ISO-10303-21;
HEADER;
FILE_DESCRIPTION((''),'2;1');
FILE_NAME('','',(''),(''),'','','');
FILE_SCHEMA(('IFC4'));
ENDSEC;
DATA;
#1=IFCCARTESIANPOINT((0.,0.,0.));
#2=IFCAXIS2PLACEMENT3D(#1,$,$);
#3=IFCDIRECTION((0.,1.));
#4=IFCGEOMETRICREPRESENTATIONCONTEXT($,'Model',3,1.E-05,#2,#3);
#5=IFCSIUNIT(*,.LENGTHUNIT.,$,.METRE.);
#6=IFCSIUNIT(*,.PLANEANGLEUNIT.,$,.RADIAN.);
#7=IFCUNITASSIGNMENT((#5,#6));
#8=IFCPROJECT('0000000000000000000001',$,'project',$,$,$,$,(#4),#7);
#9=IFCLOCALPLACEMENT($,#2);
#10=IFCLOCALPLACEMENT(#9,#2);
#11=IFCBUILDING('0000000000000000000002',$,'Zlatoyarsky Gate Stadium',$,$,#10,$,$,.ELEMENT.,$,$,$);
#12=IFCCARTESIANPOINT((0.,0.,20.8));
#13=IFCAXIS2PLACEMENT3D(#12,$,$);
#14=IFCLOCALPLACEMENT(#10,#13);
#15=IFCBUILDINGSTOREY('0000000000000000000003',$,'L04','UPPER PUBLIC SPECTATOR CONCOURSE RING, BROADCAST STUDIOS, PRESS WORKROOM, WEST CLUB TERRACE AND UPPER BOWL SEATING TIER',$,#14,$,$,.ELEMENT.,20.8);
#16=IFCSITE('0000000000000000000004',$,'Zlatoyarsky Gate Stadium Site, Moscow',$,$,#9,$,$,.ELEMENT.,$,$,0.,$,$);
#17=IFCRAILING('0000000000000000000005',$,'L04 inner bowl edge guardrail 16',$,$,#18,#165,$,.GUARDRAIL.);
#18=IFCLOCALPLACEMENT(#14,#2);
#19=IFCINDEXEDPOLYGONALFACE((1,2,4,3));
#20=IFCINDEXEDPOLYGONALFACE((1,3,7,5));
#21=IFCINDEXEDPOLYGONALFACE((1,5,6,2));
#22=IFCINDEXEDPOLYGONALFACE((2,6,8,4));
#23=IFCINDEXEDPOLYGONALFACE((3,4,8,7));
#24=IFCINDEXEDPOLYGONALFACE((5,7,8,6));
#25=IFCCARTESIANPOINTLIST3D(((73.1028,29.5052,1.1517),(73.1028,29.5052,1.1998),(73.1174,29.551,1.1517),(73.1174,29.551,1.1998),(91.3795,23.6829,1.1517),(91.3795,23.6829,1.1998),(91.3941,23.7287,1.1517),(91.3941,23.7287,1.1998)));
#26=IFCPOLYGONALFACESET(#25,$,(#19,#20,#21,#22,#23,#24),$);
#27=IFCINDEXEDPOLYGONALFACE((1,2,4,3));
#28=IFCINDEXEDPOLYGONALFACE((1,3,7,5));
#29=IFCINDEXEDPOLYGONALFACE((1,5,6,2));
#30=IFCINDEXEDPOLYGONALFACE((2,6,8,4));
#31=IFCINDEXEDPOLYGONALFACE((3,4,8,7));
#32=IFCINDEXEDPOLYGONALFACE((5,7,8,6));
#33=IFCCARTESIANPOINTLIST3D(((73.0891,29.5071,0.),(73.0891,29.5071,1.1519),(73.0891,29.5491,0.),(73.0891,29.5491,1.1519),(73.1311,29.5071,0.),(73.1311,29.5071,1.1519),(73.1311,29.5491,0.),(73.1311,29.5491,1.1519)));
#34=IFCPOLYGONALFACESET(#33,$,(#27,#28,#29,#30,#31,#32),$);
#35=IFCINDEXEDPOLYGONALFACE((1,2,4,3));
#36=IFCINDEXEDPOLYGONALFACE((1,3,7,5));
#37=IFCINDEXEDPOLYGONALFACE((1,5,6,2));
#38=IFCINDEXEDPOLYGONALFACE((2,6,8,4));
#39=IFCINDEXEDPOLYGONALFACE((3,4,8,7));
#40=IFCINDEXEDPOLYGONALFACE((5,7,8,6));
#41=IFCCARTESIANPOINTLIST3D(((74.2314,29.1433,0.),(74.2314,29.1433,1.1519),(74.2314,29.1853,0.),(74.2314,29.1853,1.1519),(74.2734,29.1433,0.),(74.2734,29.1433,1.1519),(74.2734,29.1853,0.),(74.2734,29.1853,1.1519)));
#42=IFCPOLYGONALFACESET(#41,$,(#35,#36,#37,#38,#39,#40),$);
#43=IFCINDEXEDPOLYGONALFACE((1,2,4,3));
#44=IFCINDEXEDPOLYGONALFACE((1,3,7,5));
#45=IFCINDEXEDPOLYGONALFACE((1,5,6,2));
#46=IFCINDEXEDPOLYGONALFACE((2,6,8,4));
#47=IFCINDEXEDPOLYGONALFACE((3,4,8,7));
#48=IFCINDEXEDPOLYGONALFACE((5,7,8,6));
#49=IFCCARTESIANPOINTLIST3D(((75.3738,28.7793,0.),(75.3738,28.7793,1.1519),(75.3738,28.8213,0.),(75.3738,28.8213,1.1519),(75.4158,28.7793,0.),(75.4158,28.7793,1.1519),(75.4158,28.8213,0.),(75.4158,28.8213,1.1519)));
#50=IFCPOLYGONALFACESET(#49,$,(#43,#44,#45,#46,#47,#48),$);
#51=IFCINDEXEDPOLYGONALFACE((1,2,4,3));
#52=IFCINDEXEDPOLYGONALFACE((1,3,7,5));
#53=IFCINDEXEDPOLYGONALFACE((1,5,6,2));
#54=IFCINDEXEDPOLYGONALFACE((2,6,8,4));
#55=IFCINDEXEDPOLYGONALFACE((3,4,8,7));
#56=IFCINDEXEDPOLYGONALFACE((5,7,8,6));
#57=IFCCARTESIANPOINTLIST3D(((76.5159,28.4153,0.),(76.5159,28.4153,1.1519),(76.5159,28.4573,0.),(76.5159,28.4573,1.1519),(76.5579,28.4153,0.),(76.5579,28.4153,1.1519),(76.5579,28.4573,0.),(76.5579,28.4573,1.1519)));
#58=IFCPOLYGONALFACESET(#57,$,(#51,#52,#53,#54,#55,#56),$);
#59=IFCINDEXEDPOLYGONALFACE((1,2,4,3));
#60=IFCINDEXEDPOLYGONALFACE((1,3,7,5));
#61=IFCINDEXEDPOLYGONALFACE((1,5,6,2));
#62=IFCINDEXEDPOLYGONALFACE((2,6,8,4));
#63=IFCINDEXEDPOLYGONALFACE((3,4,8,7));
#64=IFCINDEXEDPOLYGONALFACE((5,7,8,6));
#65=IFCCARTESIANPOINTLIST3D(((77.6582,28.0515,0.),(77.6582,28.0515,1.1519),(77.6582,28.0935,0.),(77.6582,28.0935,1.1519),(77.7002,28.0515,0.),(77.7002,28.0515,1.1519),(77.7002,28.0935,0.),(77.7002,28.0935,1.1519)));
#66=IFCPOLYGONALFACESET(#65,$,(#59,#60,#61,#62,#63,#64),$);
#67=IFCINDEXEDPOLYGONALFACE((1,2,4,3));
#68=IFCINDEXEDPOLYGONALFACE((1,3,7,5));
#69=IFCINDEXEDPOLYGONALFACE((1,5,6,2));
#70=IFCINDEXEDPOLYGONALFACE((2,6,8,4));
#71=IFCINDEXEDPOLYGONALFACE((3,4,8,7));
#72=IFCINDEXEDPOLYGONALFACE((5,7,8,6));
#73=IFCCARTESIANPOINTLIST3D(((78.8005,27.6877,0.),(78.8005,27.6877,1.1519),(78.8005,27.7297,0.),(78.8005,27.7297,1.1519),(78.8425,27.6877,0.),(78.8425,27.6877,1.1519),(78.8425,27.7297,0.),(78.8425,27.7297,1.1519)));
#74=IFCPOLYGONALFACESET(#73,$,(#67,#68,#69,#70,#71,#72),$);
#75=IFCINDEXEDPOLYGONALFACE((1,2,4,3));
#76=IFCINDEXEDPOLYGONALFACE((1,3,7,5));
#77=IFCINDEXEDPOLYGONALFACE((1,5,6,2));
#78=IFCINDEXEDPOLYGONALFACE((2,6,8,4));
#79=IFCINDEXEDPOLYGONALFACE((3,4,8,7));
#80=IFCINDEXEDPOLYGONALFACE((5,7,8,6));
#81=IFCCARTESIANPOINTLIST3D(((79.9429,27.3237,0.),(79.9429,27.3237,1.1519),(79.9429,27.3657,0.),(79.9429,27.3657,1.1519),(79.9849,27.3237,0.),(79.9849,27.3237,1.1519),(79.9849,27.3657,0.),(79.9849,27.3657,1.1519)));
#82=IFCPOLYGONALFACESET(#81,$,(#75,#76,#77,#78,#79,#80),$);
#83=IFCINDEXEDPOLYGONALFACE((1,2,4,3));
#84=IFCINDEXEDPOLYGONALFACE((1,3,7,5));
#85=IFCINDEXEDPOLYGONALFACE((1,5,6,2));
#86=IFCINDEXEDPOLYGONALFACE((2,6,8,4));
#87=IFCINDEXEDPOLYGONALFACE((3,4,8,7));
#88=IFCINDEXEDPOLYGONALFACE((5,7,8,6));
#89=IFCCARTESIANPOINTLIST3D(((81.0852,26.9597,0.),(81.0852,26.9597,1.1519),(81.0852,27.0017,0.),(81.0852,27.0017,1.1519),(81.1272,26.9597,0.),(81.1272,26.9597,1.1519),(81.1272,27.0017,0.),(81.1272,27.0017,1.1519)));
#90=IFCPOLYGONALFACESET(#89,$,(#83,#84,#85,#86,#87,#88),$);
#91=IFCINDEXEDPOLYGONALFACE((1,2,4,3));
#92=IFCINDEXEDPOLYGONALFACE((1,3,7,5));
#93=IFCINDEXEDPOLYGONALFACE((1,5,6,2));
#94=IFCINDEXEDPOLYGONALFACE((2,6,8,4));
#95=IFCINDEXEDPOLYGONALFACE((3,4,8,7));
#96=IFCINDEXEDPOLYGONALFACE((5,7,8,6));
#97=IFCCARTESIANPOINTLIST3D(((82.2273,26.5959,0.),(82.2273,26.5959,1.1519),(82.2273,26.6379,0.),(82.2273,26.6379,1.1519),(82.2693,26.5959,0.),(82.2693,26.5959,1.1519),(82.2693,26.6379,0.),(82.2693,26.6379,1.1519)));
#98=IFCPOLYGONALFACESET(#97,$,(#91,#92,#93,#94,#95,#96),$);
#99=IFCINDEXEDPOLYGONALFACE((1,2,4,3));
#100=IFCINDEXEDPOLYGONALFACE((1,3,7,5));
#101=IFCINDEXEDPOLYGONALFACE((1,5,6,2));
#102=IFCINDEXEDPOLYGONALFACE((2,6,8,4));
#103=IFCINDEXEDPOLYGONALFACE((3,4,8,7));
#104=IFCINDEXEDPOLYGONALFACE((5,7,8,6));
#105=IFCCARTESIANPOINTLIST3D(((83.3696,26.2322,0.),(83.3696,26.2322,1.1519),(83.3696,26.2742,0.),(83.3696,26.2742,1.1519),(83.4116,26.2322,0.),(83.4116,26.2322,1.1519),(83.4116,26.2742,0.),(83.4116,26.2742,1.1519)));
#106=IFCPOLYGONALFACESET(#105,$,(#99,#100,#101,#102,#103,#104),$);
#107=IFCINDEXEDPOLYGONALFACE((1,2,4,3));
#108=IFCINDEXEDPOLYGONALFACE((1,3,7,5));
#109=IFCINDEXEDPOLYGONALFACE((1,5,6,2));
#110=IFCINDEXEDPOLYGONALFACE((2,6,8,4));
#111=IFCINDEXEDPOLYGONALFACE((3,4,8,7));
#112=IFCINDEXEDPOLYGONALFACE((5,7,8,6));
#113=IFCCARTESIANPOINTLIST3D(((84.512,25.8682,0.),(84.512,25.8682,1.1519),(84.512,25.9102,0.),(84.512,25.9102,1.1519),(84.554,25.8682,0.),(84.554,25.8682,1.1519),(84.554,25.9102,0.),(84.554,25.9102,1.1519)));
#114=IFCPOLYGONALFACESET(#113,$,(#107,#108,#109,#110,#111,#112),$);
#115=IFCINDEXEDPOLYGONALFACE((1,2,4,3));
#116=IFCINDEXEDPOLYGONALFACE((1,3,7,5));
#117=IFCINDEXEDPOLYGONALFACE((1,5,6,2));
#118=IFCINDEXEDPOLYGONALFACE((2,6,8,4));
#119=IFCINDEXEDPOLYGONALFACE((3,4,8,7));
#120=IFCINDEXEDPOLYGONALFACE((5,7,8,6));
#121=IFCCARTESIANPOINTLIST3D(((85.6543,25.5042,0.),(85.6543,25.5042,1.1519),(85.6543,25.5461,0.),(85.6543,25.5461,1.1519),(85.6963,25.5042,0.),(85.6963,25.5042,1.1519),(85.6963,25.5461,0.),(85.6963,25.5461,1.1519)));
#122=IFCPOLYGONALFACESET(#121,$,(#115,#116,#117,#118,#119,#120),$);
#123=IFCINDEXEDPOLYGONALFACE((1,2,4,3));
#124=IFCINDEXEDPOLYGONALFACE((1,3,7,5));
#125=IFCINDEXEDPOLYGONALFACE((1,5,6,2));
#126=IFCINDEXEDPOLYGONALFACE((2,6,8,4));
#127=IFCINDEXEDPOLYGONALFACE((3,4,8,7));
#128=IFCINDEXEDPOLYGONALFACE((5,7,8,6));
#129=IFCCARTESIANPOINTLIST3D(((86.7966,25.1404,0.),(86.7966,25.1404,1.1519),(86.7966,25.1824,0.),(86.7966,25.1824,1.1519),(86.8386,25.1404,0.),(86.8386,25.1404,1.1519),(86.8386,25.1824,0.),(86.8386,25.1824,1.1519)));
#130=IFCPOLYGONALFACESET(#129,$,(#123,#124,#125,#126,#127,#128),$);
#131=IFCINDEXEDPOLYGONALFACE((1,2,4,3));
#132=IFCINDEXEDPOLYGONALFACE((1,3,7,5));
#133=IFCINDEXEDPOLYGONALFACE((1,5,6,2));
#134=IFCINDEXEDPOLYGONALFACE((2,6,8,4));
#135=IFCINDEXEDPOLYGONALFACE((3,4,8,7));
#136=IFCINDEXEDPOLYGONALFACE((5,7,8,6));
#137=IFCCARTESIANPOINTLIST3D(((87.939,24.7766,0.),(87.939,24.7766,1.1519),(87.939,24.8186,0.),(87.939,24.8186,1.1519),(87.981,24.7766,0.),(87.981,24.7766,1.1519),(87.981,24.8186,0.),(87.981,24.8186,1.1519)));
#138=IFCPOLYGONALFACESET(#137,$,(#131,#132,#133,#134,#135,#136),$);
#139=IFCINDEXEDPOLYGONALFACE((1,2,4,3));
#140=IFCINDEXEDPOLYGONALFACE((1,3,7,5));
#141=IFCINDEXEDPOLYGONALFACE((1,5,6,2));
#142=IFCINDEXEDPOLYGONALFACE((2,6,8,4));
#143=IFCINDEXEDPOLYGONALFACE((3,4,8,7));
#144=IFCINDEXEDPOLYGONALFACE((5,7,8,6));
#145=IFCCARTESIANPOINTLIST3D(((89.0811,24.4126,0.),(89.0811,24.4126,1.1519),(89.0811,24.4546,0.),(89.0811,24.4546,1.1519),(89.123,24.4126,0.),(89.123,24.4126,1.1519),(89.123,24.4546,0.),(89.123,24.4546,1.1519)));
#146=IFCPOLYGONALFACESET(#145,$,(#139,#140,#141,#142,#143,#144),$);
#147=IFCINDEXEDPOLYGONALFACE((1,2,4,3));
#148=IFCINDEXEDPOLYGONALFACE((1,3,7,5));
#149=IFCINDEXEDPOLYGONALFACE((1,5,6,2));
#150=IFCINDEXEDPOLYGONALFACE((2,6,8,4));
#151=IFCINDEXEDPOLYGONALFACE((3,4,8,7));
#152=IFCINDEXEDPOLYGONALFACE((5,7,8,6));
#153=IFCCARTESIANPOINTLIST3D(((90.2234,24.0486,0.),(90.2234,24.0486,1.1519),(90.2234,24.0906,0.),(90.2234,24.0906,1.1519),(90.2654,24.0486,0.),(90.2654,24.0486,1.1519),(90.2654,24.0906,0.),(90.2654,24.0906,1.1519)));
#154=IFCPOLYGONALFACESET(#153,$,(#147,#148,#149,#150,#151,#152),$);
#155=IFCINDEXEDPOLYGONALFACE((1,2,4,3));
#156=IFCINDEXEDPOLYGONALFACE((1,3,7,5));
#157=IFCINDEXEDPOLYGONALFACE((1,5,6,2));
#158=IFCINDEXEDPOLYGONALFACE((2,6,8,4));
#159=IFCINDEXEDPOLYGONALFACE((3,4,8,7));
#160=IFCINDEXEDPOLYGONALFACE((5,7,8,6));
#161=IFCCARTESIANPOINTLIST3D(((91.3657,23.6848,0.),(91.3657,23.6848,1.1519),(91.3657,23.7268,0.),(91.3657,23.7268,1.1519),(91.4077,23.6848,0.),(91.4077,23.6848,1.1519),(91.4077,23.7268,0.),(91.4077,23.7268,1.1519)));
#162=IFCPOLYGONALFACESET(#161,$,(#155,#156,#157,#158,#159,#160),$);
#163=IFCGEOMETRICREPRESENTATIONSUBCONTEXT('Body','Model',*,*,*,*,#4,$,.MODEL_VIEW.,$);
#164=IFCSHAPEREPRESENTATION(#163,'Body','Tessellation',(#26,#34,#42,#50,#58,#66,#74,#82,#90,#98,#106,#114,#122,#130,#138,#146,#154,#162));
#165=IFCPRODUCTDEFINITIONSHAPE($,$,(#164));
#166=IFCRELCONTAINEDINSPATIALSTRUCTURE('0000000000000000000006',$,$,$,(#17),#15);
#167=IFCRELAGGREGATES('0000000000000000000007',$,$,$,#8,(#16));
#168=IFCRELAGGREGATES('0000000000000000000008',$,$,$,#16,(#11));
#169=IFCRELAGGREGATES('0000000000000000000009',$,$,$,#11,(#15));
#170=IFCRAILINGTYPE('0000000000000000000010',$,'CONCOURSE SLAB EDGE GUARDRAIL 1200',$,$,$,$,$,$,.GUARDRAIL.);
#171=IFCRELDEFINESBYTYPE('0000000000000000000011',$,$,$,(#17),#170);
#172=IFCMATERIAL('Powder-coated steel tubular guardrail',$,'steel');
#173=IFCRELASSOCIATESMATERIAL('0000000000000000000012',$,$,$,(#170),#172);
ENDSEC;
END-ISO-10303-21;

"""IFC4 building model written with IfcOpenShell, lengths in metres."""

from ifc_helpers import new_model, si_unit, direction, frame, origin, origin_2d, place, context, subcontext, project, spatial, rectangle, extrude, material, type_object, element, save


model = new_model("IFC4")

# Units and contexts
model_context = context("Model", 3, precision=1e-05, world=origin(), true_north=direction((0.0, 1.0)))
body_context = subcontext(model_context, "Body", "Model", "MODEL_VIEW")
ifc_project = project(units=[si_unit("LENGTHUNIT", "METRE"), si_unit("PLANEANGLEUNIT", "RADIAN")], contexts=[model_context])

# Site, building, storey
site_placement = place(None, origin())
site = spatial("IfcSite", under=ifc_project, at=site_placement, Name="Zlatoyarsky Gate Stadium Site, Moscow", CompositionType="ELEMENT", RefElevation=0.0)
building_placement = place(site_placement, origin())
building = spatial("IfcBuilding", under=site, at=building_placement, Name="Zlatoyarsky Gate Stadium", CompositionType="ELEMENT")
storey_placement = place(building_placement, frame((0.0, 0.0, 20.8)))
storey = spatial("IfcBuildingStorey", under=building, at=storey_placement, Name="L04", Description="UPPER PUBLIC SPECTATOR CONCOURSE RING, BROADCAST STUDIOS, PRESS WORKROOM, WEST CLUB TERRACE AND UPPER BOWL SEATING TIER", CompositionType="ELEMENT", Elevation=20.8)

# Railing
ifc_material_1 = material(Name="Powder-coated steel tubular guardrail", Category="steel")
railing_type_1 = type_object("IfcRailingType", Name="CONCOURSE SLAB EDGE GUARDRAIL 1200", PredefinedType="GUARDRAIL", material=ifc_material_1)
railing_1_placement = place(storey_placement, frame((73.1101, 29.5281, 0.0)))
element("IfcRailing", 1, at=railing_1_placement, inside=storey, type_object=railing_type_1, Name="L04 inner bowl edge guardrail 16", PredefinedType="GUARDRAIL", context=body_context, shape_type="SweptSolid", body=[
    extrude(rectangle(XDim=0.0481, YDim=0.0481, at=origin_2d()), frame((0.0, 0.0, 1.1758), z_axis=(0.952821, -0.303534, 0.0), x_axis=(0.303534, 0.952821, 0.0)), (0.0, 0.0, 1.0), 19.1816),
    extrude(rectangle(XDim=0.042, YDim=0.042, at=origin_2d()), origin(), (0.0, 0.0, 1.0), 1.1519),
    extrude(rectangle(XDim=0.042, YDim=0.042, at=origin_2d()), frame((1.1423, -0.3638, 0.0)), (0.0, 0.0, 1.0), 1.1519),
    extrude(rectangle(XDim=0.042, YDim=0.042, at=origin_2d()), frame((2.2847, -0.7278, 0.0)), (0.0, 0.0, 1.0), 1.1519),
    extrude(rectangle(XDim=0.042, YDim=0.042, at=origin_2d()), frame((3.4268, -1.0918, 0.0)), (0.0, 0.0, 1.0), 1.1519),
    extrude(rectangle(XDim=0.042, YDim=0.042, at=origin_2d()), frame((4.5691, -1.4556, 0.0)), (0.0, 0.0, 1.0), 1.1519),
    extrude(rectangle(XDim=0.042, YDim=0.042, at=origin_2d()), frame((5.7114, -1.8193, 0.0)), (0.0, 0.0, 1.0), 1.1519),
    extrude(rectangle(XDim=0.042, YDim=0.042, at=origin_2d()), frame((6.8538, -2.1833, 0.0)), (0.0, 0.0, 1.0), 1.1519),
    extrude(rectangle(XDim=0.042, YDim=0.042, at=origin_2d()), frame((7.9961, -2.5474, 0.0)), (0.0, 0.0, 1.0), 1.1519),
    extrude(rectangle(XDim=0.042, YDim=0.042, at=origin_2d()), frame((9.1382, -2.9111, 0.0)), (0.0, 0.0, 1.0), 1.1519),
    extrude(rectangle(XDim=0.042, YDim=0.042, at=origin_2d()), frame((10.2805, -3.2749, 0.0)), (0.0, 0.0, 1.0), 1.1519),
    extrude(rectangle(XDim=0.042, YDim=0.042, at=origin_2d()), frame((11.4229, -3.6389, 0.0)), (0.0, 0.0, 1.0), 1.1519),
    extrude(rectangle(XDim=0.042, YDim=0.042, at=origin_2d()), frame((12.5652, -4.0029, 0.0)), (0.0, 0.0, 1.0), 1.1519),
    extrude(rectangle(XDim=0.042, YDim=0.042, at=origin_2d()), frame((13.7075, -4.3667, 0.0)), (0.0, 0.0, 1.0), 1.1519),
    extrude(rectangle(XDim=0.042, YDim=0.042, at=origin_2d()), frame((14.8499, -4.7305, 0.0)), (0.0, 0.0, 1.0), 1.1519),
    extrude(rectangle(XDim=0.042, YDim=0.042, at=origin_2d()), frame((15.9919, -5.0945, 0.0)), (0.0, 0.0, 1.0), 1.1519),
    extrude(rectangle(XDim=0.042, YDim=0.042, at=origin_2d()), frame((17.1343, -5.4585, 0.0)), (0.0, 0.0, 1.0), 1.1519),
    extrude(rectangle(XDim=0.042, YDim=0.042, at=origin_2d()), frame((18.2766, -5.8223, 0.0)), (0.0, 0.0, 1.0), 1.1519),
])

save(model, "model.ifc")
